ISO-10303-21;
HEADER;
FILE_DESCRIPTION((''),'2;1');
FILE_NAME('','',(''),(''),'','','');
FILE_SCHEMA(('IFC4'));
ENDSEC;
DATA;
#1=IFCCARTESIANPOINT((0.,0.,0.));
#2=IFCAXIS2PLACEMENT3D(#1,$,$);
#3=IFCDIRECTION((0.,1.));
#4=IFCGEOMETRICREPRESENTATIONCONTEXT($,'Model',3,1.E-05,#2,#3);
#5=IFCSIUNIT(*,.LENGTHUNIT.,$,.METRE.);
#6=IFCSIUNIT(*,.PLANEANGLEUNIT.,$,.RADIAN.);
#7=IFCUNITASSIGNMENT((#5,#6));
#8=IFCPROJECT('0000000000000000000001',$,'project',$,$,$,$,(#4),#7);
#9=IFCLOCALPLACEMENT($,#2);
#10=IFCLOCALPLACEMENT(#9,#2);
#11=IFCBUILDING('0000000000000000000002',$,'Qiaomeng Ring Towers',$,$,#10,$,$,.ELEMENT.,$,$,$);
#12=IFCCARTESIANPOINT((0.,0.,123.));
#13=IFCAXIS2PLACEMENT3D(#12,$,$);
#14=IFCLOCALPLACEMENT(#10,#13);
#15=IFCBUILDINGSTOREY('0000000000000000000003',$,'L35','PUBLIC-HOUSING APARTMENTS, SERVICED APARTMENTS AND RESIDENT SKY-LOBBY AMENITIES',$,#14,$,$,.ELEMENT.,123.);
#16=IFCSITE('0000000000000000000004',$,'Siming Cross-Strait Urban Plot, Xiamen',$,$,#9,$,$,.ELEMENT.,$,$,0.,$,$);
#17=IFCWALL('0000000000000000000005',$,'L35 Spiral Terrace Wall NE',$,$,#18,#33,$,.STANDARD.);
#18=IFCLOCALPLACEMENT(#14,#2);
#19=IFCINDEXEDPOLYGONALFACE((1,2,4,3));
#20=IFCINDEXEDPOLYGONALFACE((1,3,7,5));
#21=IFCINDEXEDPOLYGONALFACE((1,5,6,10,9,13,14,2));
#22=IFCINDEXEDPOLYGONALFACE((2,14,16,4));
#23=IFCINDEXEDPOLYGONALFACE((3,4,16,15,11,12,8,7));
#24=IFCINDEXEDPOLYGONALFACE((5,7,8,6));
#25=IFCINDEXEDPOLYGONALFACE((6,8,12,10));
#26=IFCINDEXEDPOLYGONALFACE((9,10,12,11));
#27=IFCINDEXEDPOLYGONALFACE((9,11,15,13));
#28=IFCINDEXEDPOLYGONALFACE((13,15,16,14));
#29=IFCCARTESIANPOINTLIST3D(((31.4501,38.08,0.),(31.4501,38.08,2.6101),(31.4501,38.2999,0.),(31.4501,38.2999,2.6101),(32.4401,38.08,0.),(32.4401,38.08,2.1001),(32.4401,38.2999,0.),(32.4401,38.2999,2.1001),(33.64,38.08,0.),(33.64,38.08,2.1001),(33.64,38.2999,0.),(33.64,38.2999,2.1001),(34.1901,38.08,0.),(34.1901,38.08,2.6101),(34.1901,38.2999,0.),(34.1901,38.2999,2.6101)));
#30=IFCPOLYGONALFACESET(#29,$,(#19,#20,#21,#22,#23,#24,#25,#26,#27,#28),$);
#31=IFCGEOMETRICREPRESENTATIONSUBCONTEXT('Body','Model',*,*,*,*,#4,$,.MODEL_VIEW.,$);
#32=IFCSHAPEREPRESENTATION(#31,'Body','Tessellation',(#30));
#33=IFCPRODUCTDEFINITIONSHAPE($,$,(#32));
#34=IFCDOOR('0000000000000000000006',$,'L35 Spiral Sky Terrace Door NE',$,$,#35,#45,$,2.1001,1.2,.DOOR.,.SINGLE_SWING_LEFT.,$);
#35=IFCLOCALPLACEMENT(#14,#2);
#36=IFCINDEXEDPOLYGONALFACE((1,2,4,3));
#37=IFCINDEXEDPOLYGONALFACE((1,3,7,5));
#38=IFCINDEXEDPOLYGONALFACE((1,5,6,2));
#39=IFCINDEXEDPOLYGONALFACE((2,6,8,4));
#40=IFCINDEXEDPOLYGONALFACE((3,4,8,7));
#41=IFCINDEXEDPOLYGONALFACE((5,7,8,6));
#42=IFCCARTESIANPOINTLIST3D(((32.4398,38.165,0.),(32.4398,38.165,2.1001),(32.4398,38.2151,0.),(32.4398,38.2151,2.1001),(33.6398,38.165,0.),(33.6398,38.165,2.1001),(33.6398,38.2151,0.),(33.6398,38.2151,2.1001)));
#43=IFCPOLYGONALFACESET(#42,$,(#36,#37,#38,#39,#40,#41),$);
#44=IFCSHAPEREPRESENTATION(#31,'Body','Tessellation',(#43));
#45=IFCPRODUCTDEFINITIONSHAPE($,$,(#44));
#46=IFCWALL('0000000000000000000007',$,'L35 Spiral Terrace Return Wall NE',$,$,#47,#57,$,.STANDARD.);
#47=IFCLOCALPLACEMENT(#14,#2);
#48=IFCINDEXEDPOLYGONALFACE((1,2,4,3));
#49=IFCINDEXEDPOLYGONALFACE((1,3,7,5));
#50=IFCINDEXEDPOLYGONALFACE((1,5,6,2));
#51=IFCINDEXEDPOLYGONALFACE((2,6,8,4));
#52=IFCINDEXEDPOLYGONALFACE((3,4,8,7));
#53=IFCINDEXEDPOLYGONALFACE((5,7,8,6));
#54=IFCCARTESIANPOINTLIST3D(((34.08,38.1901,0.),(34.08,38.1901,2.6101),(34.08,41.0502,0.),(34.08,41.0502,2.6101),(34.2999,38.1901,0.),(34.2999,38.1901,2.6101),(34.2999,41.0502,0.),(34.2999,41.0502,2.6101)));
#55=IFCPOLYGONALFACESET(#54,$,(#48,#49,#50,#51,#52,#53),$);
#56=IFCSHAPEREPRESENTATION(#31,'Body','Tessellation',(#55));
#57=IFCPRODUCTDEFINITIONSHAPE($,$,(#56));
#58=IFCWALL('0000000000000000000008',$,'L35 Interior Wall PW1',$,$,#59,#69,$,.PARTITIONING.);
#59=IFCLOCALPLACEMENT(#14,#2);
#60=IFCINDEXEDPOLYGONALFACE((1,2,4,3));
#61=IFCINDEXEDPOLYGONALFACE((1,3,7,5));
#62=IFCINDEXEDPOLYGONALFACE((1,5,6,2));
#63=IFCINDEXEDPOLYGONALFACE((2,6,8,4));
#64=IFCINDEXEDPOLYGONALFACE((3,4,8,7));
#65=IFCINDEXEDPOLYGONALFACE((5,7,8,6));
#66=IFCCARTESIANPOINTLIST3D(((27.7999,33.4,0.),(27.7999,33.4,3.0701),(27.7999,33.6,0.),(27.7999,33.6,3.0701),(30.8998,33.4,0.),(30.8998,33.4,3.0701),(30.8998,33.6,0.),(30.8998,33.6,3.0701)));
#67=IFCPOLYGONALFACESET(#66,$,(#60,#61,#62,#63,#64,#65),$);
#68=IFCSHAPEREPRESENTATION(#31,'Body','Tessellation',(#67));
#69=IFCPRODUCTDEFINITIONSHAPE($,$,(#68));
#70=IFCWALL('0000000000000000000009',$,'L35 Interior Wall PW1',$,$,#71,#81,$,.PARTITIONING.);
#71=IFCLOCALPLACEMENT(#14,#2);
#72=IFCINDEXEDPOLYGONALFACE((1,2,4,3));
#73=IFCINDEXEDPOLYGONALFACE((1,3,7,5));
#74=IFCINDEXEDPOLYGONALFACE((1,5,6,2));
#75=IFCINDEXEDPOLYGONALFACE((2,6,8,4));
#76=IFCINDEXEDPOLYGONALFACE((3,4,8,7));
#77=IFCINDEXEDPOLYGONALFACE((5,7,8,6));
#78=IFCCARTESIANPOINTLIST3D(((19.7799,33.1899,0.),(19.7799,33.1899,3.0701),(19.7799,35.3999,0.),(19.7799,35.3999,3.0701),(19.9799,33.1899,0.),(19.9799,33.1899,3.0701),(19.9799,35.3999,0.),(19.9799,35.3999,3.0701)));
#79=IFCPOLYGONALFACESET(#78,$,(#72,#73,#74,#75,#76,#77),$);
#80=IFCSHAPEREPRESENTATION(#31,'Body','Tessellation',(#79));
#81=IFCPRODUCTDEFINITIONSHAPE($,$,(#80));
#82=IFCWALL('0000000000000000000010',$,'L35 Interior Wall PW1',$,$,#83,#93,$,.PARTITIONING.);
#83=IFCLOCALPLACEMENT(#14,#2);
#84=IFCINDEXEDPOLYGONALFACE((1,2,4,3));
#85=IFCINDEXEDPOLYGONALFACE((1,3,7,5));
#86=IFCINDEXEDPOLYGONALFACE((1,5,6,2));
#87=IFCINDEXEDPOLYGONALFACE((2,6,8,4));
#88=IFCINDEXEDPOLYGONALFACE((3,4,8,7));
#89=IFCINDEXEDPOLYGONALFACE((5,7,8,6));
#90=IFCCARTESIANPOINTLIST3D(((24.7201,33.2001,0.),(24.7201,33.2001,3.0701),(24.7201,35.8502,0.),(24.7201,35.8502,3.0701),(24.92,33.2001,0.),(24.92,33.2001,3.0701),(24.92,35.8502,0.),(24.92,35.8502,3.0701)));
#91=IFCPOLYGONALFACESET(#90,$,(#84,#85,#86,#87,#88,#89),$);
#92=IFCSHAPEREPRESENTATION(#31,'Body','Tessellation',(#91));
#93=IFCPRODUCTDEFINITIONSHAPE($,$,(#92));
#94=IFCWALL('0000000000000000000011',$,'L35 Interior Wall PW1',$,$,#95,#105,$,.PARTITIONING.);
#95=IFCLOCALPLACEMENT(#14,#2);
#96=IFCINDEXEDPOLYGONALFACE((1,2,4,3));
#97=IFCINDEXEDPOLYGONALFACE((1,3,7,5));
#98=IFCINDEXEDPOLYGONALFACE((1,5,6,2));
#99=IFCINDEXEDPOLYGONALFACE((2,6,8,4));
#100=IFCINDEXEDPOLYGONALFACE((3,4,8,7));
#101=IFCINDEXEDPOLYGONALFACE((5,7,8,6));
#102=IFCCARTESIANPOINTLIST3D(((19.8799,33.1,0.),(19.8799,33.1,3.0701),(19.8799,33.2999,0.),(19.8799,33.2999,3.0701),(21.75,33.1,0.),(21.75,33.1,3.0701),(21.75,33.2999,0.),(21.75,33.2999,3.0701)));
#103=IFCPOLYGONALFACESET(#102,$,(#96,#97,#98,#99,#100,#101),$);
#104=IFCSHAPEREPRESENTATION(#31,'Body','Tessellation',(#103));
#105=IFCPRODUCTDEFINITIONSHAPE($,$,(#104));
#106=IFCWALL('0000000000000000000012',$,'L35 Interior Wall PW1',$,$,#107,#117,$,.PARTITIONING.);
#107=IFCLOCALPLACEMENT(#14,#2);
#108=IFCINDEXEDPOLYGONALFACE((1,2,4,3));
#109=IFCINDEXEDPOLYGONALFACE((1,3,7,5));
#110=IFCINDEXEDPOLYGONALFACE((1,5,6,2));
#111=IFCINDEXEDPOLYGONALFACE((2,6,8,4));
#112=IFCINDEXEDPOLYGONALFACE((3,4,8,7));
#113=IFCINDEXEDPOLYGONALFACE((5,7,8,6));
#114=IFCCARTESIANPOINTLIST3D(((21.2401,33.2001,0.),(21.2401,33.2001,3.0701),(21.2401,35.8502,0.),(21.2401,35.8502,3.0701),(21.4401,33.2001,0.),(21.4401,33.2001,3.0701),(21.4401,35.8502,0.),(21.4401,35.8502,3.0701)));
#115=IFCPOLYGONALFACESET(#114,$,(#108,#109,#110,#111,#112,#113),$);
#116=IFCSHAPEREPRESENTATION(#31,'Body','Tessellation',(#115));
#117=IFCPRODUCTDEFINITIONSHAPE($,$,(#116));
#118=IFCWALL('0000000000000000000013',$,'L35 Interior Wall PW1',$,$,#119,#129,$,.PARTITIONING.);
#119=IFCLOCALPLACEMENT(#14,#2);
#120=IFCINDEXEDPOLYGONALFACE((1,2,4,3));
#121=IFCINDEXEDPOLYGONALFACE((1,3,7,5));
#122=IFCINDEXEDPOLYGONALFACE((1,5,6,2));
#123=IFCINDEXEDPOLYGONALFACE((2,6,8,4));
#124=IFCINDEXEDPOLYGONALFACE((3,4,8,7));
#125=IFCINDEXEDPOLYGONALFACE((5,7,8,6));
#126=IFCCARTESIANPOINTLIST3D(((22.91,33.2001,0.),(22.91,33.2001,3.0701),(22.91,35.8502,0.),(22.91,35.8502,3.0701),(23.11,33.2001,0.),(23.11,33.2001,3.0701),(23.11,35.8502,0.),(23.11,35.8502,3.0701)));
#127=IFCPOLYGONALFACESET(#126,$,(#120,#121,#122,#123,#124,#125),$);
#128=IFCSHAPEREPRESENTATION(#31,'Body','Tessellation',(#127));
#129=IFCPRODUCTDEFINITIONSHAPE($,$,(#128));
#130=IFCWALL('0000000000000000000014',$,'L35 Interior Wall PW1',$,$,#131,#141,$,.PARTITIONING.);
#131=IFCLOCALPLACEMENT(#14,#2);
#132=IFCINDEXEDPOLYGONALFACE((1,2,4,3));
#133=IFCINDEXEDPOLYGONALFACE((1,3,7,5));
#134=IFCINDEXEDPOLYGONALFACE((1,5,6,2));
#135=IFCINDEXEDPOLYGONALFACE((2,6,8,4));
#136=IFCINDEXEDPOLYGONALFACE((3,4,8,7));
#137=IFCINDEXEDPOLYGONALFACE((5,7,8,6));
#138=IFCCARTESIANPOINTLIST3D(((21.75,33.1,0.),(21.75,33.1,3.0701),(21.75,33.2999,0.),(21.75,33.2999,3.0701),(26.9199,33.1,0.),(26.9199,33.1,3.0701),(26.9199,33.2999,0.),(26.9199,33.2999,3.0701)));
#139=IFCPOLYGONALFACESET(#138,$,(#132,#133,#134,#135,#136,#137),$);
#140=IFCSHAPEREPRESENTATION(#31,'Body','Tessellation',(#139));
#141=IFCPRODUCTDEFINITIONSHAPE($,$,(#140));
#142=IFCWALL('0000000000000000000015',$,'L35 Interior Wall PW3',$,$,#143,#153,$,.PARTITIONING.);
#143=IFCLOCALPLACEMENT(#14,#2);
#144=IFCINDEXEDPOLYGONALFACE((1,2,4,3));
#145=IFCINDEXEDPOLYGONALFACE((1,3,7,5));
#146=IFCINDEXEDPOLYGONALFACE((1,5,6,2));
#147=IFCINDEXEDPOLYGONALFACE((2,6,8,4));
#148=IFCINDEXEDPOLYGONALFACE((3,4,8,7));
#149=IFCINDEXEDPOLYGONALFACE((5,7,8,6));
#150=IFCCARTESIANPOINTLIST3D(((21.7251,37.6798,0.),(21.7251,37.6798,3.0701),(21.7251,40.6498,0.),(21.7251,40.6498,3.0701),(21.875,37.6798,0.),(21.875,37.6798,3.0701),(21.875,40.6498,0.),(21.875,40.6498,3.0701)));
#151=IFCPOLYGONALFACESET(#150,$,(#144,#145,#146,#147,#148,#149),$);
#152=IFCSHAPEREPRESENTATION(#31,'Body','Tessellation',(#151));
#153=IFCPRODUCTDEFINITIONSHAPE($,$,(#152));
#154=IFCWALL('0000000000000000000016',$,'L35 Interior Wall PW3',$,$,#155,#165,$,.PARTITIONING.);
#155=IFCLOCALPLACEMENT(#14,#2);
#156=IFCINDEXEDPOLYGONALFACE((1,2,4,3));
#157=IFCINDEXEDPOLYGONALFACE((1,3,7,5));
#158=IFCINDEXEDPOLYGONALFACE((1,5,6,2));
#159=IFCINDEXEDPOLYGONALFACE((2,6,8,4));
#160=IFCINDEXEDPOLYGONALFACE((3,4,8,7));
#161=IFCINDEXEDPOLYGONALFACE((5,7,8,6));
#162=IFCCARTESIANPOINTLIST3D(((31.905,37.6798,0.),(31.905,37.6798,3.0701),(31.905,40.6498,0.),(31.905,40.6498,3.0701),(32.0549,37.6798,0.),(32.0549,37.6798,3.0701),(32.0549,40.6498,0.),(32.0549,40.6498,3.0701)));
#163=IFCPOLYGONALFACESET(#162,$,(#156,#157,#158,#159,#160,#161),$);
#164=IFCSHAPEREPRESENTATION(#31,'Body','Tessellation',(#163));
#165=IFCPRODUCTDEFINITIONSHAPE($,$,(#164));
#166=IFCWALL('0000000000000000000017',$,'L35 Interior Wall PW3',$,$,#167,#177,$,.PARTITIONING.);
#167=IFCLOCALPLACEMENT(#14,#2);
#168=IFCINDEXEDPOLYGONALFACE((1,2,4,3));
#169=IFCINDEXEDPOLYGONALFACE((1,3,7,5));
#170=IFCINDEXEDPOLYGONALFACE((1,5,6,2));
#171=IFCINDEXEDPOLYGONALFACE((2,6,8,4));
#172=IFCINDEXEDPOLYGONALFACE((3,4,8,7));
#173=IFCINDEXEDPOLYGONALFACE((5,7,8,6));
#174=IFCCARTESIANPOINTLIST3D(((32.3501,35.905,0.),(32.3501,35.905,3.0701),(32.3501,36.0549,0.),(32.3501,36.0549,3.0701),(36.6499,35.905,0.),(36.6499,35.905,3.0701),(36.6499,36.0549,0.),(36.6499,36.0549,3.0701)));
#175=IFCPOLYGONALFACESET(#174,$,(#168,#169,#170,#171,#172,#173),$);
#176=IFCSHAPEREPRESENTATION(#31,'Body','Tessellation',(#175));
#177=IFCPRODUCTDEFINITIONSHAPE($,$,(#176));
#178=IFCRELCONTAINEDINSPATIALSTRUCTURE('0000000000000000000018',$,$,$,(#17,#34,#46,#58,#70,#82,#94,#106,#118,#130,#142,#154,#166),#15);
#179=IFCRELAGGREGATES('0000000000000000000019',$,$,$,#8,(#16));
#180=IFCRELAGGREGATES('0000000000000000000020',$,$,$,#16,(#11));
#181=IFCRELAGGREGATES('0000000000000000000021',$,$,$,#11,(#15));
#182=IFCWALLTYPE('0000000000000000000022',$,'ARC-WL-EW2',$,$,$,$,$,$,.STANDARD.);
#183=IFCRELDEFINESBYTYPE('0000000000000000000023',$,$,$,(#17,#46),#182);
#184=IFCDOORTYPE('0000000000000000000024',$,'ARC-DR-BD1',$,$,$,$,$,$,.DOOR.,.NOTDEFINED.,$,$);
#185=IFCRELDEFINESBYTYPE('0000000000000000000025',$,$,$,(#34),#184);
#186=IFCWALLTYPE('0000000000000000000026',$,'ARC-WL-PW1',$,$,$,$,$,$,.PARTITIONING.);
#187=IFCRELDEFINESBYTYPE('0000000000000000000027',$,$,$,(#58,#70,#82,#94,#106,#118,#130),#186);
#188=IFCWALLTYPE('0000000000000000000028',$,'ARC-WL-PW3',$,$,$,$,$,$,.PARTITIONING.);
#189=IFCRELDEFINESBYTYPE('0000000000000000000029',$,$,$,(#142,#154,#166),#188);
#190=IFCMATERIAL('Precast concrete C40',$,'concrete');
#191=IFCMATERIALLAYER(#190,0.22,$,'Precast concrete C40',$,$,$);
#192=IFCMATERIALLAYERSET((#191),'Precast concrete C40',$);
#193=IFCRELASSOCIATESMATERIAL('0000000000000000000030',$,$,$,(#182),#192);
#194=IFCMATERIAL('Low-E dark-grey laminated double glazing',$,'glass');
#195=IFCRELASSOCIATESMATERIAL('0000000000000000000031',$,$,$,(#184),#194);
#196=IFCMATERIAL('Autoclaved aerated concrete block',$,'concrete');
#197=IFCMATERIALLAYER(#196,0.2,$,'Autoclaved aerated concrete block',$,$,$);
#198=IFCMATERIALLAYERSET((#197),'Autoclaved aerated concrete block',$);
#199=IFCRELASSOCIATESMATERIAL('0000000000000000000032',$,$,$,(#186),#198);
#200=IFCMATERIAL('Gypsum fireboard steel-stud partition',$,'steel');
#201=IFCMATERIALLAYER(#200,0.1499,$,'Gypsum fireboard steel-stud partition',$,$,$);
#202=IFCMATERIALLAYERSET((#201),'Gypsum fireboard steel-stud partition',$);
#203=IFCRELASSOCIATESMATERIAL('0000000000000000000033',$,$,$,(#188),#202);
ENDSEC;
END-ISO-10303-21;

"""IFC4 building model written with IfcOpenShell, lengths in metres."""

from ifc_helpers import new_model, si_unit, direction, frame, frame_2d, origin, place, context, subcontext, project, spatial, rectangle, extrude, source, transform, mapped, material, layer, layer_set, type_object, element, fill, save


model = new_model("IFC4")

# Units and contexts
model_context = context("Model", 3, precision=1e-05, world=origin(), true_north=direction((0.0, 1.0)))
body_context = subcontext(model_context, "Body", "Model", "MODEL_VIEW")
ifc_project = project(units=[si_unit("LENGTHUNIT", "METRE"), si_unit("PLANEANGLEUNIT", "RADIAN")], contexts=[model_context])

# Site, building, storey
site_placement = place(None, origin())
site = spatial("IfcSite", under=ifc_project, at=site_placement, Name="Siming Cross-Strait Urban Plot, Xiamen", CompositionType="ELEMENT", RefElevation=0.0)
building_placement = place(site_placement, origin())
building = spatial("IfcBuilding", under=site, at=building_placement, Name="Qiaomeng Ring Towers", CompositionType="ELEMENT")
storey_placement = place(building_placement, frame((0.0, 0.0, 123.0)))
storey = spatial("IfcBuildingStorey", under=building, at=storey_placement, Name="L35", Description="PUBLIC-HOUSING APARTMENTS, SERVICED APARTMENTS AND RESIDENT SKY-LOBBY AMENITIES", CompositionType="ELEMENT", Elevation=123.0)

# Wall, opening, door
ifc_material_1 = material(Name="Precast concrete C40", Category="concrete")
ifc_layer_1 = layer(ifc_material_1, 0.22, Name="Precast concrete C40")
ifc_layer_set_1 = layer_set([ifc_layer_1], Name="Precast concrete C40")
wall_type_1 = type_object("IfcWallType", Name="ARC-WL-EW2", PredefinedType="STANDARD", material=ifc_layer_set_1)
wall_1_placement = place(storey_placement, frame((31.45, 38.1899, 0.0), z_axis=(0.0, 0.0, 1.0), x_axis=(1.0, 0.0, 0.0)))
wall_1 = element("IfcWall", 1, at=wall_1_placement, inside=storey, type_object=wall_type_1, Name="L35 Spiral Terrace Wall NE", PredefinedType="STANDARD", context=body_context, shape_type="SweptSolid", body=[
    extrude(rectangle(XDim=2.74, YDim=0.22, at=frame_2d((1.3701, 0.0))), origin(), (0.0, 0.0, 1.0), 2.6101),
])
opening_1_placement = place(wall_1_placement, frame((0.99, 0.0, 0.0)))
opening_1 = element("IfcOpeningElement", 2, at=opening_1_placement, cuts=wall_1, PredefinedType="OPENING", context=body_context, shape_type="SweptSolid", body=[
    extrude(rectangle(XDim=1.2, YDim=2.1001, at=frame_2d((0.6001, 1.05))), frame((0.0, 0.1199, 0.0), z_axis=(0.0, -1.0, 0.0), x_axis=(1.0, 0.0, 0.0)), (0.0, 0.0, 1.0), 0.24),
])
ifc_material_2 = material(Name="Low-E dark-grey laminated double glazing", Category="glass")
door_type_1 = type_object("IfcDoorType", Name="ARC-DR-BD1", OperationType="NOTDEFINED", PredefinedType="DOOR", material=ifc_material_2)
shared_shape_1 = source(origin(), body_context, "Body", "SweptSolid", [
    extrude(rectangle(XDim=1.2, YDim=2.1001, at=frame_2d((0.6001, 1.05))), frame((0.0, 0.0249, 0.0), z_axis=(0.0, -1.0, 0.0), x_axis=(1.0, 0.0, 0.0)), (0.0, 0.0, 1.0), 0.05),
])
door_1_placement = place(opening_1_placement, frame((1.2, 0.0, 0.0), z_axis=(0.0, 0.0, 1.0), x_axis=(-1.0, 0.0, 0.0)))
door_1 = element("IfcDoor", 3, at=door_1_placement, inside=storey, type_object=door_type_1, Name="L35 Spiral Sky Terrace Door NE", OperationType="SINGLE_SWING_LEFT", OverallHeight=2.1001, OverallWidth=1.2, PredefinedType="DOOR", context=body_context, shape_type="MappedRepresentation", body=[
    mapped(shared_shape_1, transform((0.0, 0.0, 0.0), x_axis=(1.0, 0.0, 0.0), y_axis=(0.0, 1.0, 0.0), z_axis=(0.0, 0.0, 1.0), scale=1.0)),
])
fill(opening_1, door_1)

# Walls
wall_2_placement = place(storey_placement, frame((34.1899, 38.1899, 0.0), z_axis=(0.0, 0.0, 1.0), x_axis=(0.0, 1.0, 0.0)))
element("IfcWall", 4, at=wall_2_placement, inside=storey, type_object=wall_type_1, Name="L35 Spiral Terrace Return Wall NE", PredefinedType="STANDARD", context=body_context, shape_type="SweptSolid", body=[
    extrude(rectangle(XDim=2.8601, YDim=0.22, at=frame_2d((1.4302, 0.0))), origin(), (0.0, 0.0, 1.0), 2.6101),
])
ifc_material_3 = material(Name="Autoclaved aerated concrete block", Category="concrete")
ifc_layer_2 = layer(ifc_material_3, 0.2, Name="Autoclaved aerated concrete block")
ifc_layer_set_2 = layer_set([ifc_layer_2], Name="Autoclaved aerated concrete block")
wall_type_2 = type_object("IfcWallType", Name="ARC-WL-PW1", PredefinedType="PARTITIONING", material=ifc_layer_set_2)
wall_3_placement = place(storey_placement, frame((27.8, 33.5, 0.0), z_axis=(0.0, 0.0, 1.0), x_axis=(1.0, 0.0, 0.0)))
element("IfcWall", 5, at=wall_3_placement, inside=storey, type_object=wall_type_2, Name="L35 Interior Wall PW1", PredefinedType="PARTITIONING", context=body_context, shape_type="SweptSolid", body=[
    extrude(rectangle(XDim=3.0999, YDim=0.2, at=frame_2d((1.5498, 0.0))), origin(), (0.0, 0.0, 1.0), 3.0701),
])
wall_4_placement = place(storey_placement, frame((19.8799, 33.1899, 0.0), z_axis=(0.0, 0.0, 1.0), x_axis=(0.0, 1.0, 0.0)))
element("IfcWall", 6, at=wall_4_placement, inside=storey, type_object=wall_type_2, Name="L35 Interior Wall PW1", PredefinedType="PARTITIONING", context=body_context, shape_type="SweptSolid", body=[
    extrude(rectangle(XDim=2.21, YDim=0.2, at=frame_2d((1.105, 0.0))), origin(), (0.0, 0.0, 1.0), 3.0701),
])
wall_5_placement = place(storey_placement, frame((24.8201, 33.2, 0.0), z_axis=(0.0, 0.0, 1.0), x_axis=(0.0, 1.0, 0.0)))
element("IfcWall", 7, at=wall_5_placement, inside=storey, type_object=wall_type_2, Name="L35 Interior Wall PW1", PredefinedType="PARTITIONING", context=body_context, shape_type="SweptSolid", body=[
    extrude(rectangle(XDim=2.6501, YDim=0.2, at=frame_2d((1.3252, 0.0))), origin(), (0.0, 0.0, 1.0), 3.0701),
])
wall_6_placement = place(storey_placement, frame((19.8799, 33.2, 0.0), z_axis=(0.0, 0.0, 1.0), x_axis=(1.0, 0.0, 0.0)))
element("IfcWall", 8, at=wall_6_placement, inside=storey, type_object=wall_type_2, Name="L35 Interior Wall PW1", PredefinedType="PARTITIONING", context=body_context, shape_type="SweptSolid", body=[
    extrude(rectangle(XDim=1.8701, YDim=0.2, at=frame_2d((0.9351, 0.0))), origin(), (0.0, 0.0, 1.0), 3.0701),
])
for number, where, z_axis, x_axis, name in (
    (9, (21.3401, 33.2, 0.0), (0.0, 0.0, 1.0), (0.0, 1.0, 0.0), "L35 Interior Wall PW1"),
    (10, (23.01, 33.2, 0.0), (0.0, 0.0, 1.0), (0.0, 1.0, 0.0), "L35 Interior Wall PW1"),
):
    element("IfcWall", number, at=place(storey_placement, frame(where, z_axis=z_axis, x_axis=x_axis)), inside=storey, type_object=wall_type_2, Name=name, PredefinedType="PARTITIONING", context=body_context, shape_type="SweptSolid", body=[
        extrude(rectangle(XDim=2.6501, YDim=0.2, at=frame_2d((1.3252, 0.0))), origin(), (0.0, 0.0, 1.0), 3.0701),
    ])
wall_7_placement = place(storey_placement, frame((21.75, 33.2, 0.0), z_axis=(0.0, 0.0, 1.0), x_axis=(1.0, 0.0, 0.0)))
element("IfcWall", 11, at=wall_7_placement, inside=storey, type_object=wall_type_2, Name="L35 Interior Wall PW1", PredefinedType="PARTITIONING", context=body_context, shape_type="SweptSolid", body=[
    extrude(rectangle(XDim=5.1699, YDim=0.2, at=frame_2d((2.585, 0.0))), origin(), (0.0, 0.0, 1.0), 3.0701),
])
ifc_material_4 = material(Name="Gypsum fireboard steel-stud partition", Category="steel")
ifc_layer_3 = layer(ifc_material_4, 0.1499, Name="Gypsum fireboard steel-stud partition")
ifc_layer_set_3 = layer_set([ifc_layer_3], Name="Gypsum fireboard steel-stud partition")
wall_type_3 = type_object("IfcWallType", Name="ARC-WL-PW3", PredefinedType="PARTITIONING", material=ifc_layer_set_3)
for number, where, z_axis, x_axis, name in (
    (12, (21.8, 37.6799, 0.0), (0.0, 0.0, 1.0), (0.0, 1.0, 0.0), "L35 Interior Wall PW3"),
    (13, (31.98, 37.6799, 0.0), (0.0, 0.0, 1.0), (0.0, 1.0, 0.0), "L35 Interior Wall PW3"),
):
    element("IfcWall", number, at=place(storey_placement, frame(where, z_axis=z_axis, x_axis=x_axis)), inside=storey, type_object=wall_type_3, Name=name, PredefinedType="PARTITIONING", context=body_context, shape_type="SweptSolid", body=[
        extrude(rectangle(XDim=2.97, YDim=0.1499, at=frame_2d((1.4849, 0.0))), origin(), (0.0, 0.0, 1.0), 3.0701),
    ])
wall_8_placement = place(storey_placement, frame((32.3501, 35.98, 0.0), z_axis=(0.0, 0.0, 1.0), x_axis=(1.0, 0.0, 0.0)))
element("IfcWall", 14, at=wall_8_placement, inside=storey, type_object=wall_type_3, Name="L35 Interior Wall PW3", PredefinedType="PARTITIONING", context=body_context, shape_type="SweptSolid", body=[
    extrude(rectangle(XDim=4.2998, YDim=0.1499, at=frame_2d((2.1499, 0.0))), origin(), (0.0, 0.0, 1.0), 3.0701),
])

save(model, "model.ifc")
